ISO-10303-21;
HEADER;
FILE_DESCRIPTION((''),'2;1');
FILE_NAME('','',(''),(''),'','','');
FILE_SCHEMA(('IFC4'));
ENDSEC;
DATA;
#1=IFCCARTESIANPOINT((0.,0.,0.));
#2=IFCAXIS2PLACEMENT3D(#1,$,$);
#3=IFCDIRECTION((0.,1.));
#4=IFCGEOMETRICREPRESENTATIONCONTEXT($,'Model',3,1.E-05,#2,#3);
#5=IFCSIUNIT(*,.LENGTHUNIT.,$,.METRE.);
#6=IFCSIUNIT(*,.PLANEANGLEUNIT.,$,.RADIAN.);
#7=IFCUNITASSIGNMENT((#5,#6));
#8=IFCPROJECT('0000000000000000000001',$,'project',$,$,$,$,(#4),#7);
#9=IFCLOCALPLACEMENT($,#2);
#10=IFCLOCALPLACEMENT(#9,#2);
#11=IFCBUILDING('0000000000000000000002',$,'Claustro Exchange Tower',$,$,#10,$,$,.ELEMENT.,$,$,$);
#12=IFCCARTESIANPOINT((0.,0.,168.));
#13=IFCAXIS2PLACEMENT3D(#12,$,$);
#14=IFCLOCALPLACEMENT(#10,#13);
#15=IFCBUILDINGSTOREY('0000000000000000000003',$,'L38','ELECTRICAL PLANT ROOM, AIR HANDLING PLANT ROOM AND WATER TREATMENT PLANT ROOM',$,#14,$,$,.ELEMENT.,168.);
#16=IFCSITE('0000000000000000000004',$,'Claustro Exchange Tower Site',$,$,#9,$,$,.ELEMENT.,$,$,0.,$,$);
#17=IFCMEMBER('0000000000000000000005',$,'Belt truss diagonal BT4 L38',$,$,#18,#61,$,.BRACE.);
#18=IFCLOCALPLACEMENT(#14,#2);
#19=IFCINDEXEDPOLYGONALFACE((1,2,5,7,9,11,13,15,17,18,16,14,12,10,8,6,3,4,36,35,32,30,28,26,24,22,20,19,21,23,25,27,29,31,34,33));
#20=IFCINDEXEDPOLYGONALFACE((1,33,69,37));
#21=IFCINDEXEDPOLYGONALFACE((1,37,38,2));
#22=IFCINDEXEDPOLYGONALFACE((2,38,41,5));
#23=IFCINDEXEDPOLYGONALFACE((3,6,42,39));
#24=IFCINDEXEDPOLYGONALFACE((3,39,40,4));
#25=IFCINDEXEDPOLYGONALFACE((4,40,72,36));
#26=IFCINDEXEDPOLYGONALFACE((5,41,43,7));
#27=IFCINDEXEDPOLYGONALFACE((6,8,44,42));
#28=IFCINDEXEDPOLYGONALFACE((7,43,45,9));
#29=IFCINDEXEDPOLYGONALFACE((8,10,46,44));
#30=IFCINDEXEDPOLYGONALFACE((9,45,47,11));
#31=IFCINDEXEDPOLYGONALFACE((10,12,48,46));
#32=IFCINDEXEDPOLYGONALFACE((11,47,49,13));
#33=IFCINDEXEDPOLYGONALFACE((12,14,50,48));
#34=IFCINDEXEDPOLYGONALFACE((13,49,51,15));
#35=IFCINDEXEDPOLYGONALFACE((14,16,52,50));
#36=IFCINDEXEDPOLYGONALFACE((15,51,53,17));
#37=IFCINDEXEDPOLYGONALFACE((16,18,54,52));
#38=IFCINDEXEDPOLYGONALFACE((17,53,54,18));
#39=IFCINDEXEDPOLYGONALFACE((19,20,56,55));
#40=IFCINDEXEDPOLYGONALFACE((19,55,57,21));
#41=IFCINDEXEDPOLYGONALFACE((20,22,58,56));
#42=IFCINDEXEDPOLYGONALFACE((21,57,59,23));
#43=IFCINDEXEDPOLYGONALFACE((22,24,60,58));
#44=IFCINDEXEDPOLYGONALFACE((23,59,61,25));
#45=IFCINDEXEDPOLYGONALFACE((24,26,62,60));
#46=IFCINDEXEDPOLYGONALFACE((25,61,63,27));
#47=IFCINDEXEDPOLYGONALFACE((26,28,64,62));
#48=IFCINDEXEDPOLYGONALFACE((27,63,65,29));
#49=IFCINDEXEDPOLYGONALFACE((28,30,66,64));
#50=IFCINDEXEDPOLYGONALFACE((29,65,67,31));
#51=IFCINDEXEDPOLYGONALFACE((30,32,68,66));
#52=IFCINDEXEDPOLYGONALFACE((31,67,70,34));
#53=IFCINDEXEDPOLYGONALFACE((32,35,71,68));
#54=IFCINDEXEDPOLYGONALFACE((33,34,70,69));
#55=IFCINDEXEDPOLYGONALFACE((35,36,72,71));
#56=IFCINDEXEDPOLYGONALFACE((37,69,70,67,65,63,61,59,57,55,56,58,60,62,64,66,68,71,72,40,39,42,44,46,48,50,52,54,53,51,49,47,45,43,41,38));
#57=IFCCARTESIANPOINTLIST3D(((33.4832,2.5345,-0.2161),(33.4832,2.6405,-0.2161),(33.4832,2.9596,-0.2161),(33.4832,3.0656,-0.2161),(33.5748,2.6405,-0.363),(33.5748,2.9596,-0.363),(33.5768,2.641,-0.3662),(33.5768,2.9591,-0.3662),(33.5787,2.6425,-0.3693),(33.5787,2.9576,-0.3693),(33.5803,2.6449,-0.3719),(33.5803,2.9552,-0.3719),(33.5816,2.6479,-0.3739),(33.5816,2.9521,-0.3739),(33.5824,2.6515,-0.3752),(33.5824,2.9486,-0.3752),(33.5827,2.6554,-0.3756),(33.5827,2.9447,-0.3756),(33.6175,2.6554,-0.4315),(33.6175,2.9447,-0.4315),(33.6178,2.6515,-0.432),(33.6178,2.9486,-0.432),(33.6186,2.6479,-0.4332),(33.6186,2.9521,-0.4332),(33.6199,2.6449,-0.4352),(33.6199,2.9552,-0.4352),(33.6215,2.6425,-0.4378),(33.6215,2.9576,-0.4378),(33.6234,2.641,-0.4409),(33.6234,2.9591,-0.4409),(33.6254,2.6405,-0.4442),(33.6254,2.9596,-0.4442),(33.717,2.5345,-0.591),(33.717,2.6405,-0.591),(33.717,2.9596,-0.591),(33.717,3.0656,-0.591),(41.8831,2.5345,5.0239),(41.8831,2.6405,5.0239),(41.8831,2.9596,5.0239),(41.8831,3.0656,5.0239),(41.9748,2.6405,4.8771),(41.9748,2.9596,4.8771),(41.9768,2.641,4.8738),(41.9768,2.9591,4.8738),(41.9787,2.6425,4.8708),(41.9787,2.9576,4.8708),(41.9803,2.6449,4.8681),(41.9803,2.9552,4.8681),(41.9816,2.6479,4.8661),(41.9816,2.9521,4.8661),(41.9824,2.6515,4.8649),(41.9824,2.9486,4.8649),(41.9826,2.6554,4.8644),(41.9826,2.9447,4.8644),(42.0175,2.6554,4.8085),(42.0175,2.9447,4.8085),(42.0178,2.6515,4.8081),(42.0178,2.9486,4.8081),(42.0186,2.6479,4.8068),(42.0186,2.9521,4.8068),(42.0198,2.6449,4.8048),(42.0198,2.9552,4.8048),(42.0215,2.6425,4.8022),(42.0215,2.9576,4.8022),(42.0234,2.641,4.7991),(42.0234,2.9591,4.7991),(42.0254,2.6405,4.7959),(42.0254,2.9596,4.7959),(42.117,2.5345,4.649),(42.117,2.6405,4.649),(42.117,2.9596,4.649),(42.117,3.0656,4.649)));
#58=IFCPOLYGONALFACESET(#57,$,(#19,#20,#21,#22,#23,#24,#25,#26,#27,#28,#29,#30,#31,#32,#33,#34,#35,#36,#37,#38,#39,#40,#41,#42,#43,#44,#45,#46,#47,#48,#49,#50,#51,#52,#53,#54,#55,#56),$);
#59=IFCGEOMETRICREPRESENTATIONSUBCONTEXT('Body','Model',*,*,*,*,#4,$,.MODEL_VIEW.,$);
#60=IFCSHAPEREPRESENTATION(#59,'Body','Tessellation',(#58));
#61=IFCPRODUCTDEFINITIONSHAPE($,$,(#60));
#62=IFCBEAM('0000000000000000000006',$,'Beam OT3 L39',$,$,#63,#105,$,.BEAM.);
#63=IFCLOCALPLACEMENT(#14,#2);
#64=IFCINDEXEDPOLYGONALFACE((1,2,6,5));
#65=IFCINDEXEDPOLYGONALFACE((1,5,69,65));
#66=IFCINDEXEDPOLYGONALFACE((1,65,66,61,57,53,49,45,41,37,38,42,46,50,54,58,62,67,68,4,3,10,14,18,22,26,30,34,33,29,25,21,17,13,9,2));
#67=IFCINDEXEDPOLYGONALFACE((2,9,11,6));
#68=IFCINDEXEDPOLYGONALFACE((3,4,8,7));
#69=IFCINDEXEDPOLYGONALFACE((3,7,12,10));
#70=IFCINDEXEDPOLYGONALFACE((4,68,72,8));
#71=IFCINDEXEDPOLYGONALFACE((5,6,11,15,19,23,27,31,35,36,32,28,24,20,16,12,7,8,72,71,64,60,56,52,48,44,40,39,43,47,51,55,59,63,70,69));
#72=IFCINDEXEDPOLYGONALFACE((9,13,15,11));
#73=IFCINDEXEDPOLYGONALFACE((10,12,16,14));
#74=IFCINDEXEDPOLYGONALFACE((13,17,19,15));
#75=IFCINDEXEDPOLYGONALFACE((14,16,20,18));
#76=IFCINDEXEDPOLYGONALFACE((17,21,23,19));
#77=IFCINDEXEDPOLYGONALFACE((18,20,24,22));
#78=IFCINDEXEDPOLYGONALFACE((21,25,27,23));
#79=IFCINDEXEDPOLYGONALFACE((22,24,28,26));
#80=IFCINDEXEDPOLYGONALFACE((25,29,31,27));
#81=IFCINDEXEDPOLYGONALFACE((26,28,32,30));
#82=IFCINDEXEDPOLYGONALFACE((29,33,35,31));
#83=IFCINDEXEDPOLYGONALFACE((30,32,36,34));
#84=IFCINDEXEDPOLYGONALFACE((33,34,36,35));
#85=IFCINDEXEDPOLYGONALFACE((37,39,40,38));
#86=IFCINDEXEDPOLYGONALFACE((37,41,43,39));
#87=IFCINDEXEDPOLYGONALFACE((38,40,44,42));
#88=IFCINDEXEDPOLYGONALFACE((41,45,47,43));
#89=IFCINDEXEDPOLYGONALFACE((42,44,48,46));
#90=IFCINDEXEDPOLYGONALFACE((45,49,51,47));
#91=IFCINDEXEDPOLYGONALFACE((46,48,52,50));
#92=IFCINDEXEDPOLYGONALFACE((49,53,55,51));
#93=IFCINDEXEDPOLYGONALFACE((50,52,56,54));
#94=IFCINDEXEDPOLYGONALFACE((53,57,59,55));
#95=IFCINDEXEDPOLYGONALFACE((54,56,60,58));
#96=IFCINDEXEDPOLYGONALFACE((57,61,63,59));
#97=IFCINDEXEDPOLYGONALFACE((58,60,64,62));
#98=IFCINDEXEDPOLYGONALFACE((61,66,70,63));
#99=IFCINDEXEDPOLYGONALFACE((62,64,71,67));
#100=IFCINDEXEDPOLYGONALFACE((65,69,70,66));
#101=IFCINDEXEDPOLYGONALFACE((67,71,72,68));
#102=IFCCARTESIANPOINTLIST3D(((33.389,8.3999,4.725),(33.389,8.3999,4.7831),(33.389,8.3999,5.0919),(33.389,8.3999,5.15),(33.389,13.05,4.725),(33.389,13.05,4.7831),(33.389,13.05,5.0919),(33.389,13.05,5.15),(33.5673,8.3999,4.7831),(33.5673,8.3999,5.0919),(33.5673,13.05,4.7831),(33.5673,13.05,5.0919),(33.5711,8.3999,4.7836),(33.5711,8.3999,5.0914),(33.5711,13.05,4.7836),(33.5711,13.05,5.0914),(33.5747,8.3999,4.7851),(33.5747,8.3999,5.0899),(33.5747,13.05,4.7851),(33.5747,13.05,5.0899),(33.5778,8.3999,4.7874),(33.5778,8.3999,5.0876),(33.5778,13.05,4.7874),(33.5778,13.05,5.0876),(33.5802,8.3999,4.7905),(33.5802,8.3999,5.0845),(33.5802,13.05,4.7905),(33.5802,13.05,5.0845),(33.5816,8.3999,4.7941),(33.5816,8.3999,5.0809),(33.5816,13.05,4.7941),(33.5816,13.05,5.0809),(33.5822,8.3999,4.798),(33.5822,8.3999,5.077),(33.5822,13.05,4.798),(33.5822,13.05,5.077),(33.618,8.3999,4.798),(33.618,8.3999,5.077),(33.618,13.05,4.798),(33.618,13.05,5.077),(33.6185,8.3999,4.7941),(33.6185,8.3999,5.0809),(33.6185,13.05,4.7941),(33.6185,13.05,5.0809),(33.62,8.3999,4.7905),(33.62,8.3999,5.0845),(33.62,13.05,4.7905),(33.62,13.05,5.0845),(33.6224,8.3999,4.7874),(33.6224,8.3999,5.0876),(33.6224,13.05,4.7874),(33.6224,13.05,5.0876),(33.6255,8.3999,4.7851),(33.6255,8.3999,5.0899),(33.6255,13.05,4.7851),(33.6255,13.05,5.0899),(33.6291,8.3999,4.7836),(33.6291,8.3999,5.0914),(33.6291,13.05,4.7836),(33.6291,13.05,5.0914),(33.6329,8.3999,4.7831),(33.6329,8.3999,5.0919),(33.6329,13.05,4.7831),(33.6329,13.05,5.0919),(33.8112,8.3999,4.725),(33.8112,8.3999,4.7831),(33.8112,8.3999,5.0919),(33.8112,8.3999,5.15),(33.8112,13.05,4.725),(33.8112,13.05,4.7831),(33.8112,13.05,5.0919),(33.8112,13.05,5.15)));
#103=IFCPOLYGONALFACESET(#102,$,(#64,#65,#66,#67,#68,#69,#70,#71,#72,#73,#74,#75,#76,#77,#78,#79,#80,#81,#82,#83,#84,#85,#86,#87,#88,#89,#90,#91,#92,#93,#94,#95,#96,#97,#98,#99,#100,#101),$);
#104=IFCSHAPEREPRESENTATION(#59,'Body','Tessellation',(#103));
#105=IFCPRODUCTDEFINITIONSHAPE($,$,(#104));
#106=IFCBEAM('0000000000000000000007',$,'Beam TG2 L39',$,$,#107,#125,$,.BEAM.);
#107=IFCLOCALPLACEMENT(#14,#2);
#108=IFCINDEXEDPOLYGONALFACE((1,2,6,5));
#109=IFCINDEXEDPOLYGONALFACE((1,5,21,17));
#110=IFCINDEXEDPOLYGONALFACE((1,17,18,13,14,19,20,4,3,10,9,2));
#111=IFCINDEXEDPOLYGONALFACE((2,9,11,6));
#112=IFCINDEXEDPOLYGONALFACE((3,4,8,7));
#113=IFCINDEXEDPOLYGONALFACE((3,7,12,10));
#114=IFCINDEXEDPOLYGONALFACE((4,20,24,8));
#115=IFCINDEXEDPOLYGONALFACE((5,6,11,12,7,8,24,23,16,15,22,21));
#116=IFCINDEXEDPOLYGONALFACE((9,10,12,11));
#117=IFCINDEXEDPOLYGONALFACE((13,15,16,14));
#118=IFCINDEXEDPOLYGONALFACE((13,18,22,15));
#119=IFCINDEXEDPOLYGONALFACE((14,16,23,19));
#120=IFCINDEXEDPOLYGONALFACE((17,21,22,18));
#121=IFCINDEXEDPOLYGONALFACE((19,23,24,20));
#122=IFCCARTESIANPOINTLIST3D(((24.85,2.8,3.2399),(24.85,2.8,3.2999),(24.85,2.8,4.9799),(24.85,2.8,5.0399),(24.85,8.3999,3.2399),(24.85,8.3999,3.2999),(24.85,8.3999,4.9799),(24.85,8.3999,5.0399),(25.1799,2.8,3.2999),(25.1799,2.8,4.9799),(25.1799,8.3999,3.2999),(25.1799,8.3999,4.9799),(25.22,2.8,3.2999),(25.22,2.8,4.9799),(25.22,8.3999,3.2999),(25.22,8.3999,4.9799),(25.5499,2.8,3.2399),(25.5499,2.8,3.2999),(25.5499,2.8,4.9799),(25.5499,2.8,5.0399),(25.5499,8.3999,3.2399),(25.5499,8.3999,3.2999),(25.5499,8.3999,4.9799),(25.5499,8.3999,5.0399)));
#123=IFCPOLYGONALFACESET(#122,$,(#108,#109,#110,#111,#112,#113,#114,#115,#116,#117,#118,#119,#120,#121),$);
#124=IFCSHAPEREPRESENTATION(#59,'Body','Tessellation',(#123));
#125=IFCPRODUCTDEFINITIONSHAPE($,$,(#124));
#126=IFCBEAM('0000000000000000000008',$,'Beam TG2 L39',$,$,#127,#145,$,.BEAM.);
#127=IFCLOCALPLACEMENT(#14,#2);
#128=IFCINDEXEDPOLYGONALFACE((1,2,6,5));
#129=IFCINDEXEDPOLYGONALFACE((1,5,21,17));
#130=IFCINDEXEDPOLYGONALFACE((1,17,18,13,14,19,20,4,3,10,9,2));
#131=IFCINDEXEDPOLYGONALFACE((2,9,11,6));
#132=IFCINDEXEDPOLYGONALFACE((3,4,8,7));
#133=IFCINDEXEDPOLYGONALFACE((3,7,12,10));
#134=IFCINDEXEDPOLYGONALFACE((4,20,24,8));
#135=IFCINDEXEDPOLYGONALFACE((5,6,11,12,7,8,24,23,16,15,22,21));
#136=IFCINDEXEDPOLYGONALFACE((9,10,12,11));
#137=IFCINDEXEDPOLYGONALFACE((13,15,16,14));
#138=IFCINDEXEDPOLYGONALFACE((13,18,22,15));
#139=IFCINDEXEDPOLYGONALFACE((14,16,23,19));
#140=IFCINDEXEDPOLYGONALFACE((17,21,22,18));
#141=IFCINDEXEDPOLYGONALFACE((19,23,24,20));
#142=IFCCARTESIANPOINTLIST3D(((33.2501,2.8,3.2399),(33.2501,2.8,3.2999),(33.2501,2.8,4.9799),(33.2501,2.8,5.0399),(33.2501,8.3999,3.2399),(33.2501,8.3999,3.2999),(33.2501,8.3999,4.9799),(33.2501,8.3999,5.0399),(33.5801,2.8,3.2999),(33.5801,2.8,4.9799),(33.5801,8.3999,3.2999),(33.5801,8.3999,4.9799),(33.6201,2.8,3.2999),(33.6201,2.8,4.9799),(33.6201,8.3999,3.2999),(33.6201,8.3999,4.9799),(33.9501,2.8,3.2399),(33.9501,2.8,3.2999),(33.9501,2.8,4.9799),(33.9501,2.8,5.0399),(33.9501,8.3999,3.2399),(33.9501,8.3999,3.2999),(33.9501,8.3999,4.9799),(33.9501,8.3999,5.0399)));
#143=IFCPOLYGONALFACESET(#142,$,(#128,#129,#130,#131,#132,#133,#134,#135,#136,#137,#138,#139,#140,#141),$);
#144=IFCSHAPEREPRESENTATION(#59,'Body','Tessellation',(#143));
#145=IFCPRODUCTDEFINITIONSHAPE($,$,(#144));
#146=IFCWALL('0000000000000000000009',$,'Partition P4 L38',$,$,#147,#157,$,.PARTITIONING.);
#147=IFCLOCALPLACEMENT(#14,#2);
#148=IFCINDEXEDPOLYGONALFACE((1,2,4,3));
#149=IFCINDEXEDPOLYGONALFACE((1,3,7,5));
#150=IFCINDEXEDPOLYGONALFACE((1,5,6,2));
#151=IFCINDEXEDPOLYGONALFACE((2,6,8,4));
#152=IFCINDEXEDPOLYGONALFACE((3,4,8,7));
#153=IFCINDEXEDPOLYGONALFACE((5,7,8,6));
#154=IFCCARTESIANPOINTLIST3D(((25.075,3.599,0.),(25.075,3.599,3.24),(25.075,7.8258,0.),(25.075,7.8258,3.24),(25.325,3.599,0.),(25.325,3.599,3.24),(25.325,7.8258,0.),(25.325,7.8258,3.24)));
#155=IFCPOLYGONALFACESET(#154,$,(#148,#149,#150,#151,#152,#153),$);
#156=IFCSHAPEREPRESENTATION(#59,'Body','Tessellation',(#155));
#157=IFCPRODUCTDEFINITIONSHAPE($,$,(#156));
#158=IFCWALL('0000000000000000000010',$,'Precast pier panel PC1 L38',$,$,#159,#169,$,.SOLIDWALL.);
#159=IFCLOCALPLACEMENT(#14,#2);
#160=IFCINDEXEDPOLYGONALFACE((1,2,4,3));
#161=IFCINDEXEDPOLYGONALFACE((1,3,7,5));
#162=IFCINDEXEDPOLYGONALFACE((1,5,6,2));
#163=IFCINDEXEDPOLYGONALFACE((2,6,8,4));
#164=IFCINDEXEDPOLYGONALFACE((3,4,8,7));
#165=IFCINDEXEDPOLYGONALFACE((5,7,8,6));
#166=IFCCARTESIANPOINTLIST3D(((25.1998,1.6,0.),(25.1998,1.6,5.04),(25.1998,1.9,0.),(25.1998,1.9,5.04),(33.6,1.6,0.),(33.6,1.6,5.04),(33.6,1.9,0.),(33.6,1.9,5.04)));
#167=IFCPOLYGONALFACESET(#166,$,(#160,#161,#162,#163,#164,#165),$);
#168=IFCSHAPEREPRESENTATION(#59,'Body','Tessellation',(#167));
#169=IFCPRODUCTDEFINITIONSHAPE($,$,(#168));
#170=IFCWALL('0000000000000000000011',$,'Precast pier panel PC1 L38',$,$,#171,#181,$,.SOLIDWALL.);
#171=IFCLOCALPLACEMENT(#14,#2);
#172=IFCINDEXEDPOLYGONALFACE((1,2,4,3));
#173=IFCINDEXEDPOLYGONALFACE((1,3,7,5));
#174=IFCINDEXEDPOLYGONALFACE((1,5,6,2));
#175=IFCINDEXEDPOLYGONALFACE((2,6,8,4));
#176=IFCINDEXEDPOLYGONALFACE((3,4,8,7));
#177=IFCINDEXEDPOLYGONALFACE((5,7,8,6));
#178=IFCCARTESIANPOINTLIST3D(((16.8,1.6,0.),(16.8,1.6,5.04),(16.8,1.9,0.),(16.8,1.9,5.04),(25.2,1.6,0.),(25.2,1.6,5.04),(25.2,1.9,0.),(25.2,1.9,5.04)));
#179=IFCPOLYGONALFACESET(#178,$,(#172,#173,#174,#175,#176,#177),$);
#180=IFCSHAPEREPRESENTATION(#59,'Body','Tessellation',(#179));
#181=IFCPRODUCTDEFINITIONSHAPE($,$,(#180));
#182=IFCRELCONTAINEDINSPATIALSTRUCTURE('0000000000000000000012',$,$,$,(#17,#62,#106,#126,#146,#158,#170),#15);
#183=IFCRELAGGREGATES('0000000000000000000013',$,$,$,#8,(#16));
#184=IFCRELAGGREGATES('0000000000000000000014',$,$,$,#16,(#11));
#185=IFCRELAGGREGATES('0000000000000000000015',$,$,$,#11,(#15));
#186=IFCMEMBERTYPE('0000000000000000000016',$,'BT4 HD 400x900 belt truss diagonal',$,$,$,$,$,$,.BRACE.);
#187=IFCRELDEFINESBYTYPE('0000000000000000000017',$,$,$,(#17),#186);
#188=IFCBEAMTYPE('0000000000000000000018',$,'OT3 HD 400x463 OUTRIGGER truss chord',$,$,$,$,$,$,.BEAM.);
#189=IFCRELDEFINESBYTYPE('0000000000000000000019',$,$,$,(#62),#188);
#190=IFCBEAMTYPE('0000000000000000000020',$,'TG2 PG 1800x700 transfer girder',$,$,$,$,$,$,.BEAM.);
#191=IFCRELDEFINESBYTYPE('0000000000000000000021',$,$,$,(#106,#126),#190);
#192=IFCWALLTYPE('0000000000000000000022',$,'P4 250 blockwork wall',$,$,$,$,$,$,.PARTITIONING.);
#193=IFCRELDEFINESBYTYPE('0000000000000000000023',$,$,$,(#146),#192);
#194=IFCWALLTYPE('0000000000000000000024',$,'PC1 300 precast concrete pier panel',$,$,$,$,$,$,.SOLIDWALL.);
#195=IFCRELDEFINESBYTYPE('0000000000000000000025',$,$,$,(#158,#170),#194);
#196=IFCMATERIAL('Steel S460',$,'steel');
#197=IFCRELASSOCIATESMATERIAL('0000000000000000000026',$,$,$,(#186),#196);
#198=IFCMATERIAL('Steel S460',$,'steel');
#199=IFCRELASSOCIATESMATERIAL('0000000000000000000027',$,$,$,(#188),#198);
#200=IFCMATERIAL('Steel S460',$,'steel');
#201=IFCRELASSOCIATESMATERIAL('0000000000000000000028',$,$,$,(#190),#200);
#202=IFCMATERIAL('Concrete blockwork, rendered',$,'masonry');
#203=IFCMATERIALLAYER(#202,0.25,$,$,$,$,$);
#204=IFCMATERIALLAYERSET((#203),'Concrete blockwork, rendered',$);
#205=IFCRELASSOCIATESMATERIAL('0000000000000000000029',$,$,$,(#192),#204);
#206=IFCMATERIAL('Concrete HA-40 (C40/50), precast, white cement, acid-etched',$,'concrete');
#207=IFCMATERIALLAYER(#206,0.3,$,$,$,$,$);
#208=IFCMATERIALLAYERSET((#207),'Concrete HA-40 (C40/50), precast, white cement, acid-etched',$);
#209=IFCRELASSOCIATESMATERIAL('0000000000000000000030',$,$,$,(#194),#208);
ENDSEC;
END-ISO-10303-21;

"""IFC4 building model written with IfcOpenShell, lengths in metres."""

from ifc_helpers import new_model, si_unit, direction, frame, frame_2d, origin, origin_2d, place, context, subcontext, project, spatial, rectangle, i_section, extrude, material, layer, layer_set, material_profile, profile_set, type_object, element, save


model = new_model("IFC4")

# Units and contexts
model_context = context("Model", 3, precision=1e-05, world=origin(), true_north=direction((0.0, 1.0)))
body_context = subcontext(model_context, "Body", "Model", "MODEL_VIEW")
ifc_project = project(units=[si_unit("LENGTHUNIT", "METRE"), si_unit("PLANEANGLEUNIT", "RADIAN")], contexts=[model_context])

# Site, building, storey
site_placement = place(None, origin())
site = spatial("IfcSite", under=ifc_project, at=site_placement, Name="Claustro Exchange Tower Site", CompositionType="ELEMENT", RefElevation=0.0)
building_placement = place(site_placement, origin())
building = spatial("IfcBuilding", under=site, at=building_placement, Name="Claustro Exchange Tower", CompositionType="ELEMENT")
storey_placement = place(building_placement, frame((0.0, 0.0, 168.0)))
storey = spatial("IfcBuildingStorey", under=building, at=storey_placement, Name="L38", Description="ELECTRICAL PLANT ROOM, AIR HANDLING PLANT ROOM AND WATER TREATMENT PLANT ROOM", CompositionType="ELEMENT", Elevation=168.0)

# Member
ifc_material_1 = material(Name="Steel S460", Category="steel")
ifc_material_profile_1 = material_profile(ifc_material_1, i_section(OverallWidth=0.4419, OverallDepth=0.531, WebThickness=0.0659, FlangeThickness=0.106, FilletRadius=0.0149, at=origin_2d()), Name="HD 400x900")
ifc_profile_set_1 = profile_set([ifc_material_profile_1], Name="Steel S460")
member_type = type_object("IfcMemberType", Name="BT4 HD 400x900 belt truss diagonal", PredefinedType="BRACE", material=ifc_profile_set_1)
for number, where, z_axis, x_axis, name in (
    (1, (33.6001, 2.8, -0.4036), (0.84845, 0.0, 0.529276), (-0.529276, 0.0, 0.84845), "Belt truss diagonal BT4 L38"),
):
    element("IfcMember", number, at=place(storey_placement, frame(where, z_axis=z_axis, x_axis=x_axis)), inside=storey, type_object=member_type, Name=name, PredefinedType="BRACE", context=body_context, shape_type="SweptSolid", body=[
        extrude(i_section(OverallWidth=0.4419, OverallDepth=0.531, WebThickness=0.0659, FlangeThickness=0.106, FilletRadius=0.0149, at=origin_2d()), origin(), (0.0, 0.0, 1.0), 9.9004),
    ])

# Beams
ifc_material_2 = material(Name="Steel S460", Category="steel")
ifc_material_profile_2 = material_profile(ifc_material_2, i_section(OverallWidth=0.4221, OverallDepth=0.425, WebThickness=0.0359, FlangeThickness=0.0581, FilletRadius=0.0149, at=origin_2d()), Name="HD 400x463")
ifc_profile_set_2 = profile_set([ifc_material_profile_2], Name="Steel S460")
beam_type_1 = type_object("IfcBeamType", Name="OT3 HD 400x463 OUTRIGGER truss chord", PredefinedType="BEAM", material=ifc_profile_set_2)
beam_1_placement = place(storey_placement, frame((33.6001, 8.3999, 4.9375), z_axis=(0.0, 1.0, 0.0), x_axis=(-1.0, 0.0, 0.0)))
element("IfcBeam", 2, at=beam_1_placement, inside=storey, type_object=beam_type_1, Name="Beam OT3 L39", PredefinedType="BEAM", context=body_context, shape_type="SweptSolid", body=[
    extrude(i_section(OverallWidth=0.4221, OverallDepth=0.425, WebThickness=0.0359, FlangeThickness=0.0581, FilletRadius=0.0149, at=origin_2d()), origin(), (0.0, 0.0, 1.0), 4.6501),
])
ifc_material_3 = material(Name="Steel S460", Category="steel")
ifc_material_profile_3 = material_profile(ifc_material_3, i_section(OverallWidth=0.7, OverallDepth=1.8, WebThickness=0.04, FlangeThickness=0.0601, at=origin_2d()), Name="PG 1800x700")
ifc_profile_set_3 = profile_set([ifc_material_profile_3], Name="Steel S460")
beam_type_2 = type_object("IfcBeamType", Name="TG2 PG 1800x700 transfer girder", PredefinedType="BEAM", material=ifc_profile_set_3)
for number, where, z_axis, x_axis, name in (
    (3, (25.2, 2.8, 4.1399), (0.0, 1.0, 0.0), (-1.0, 0.0, 0.0), "Beam TG2 L39"),
    (4, (33.6001, 2.8, 4.1399), (0.0, 1.0, 0.0), (-1.0, 0.0, 0.0), "Beam TG2 L39"),
):
    element("IfcBeam", number, at=place(storey_placement, frame(where, z_axis=z_axis, x_axis=x_axis)), inside=storey, type_object=beam_type_2, Name=name, PredefinedType="BEAM", context=body_context, shape_type="SweptSolid", body=[
        extrude(i_section(OverallWidth=0.7, OverallDepth=1.8, WebThickness=0.04, FlangeThickness=0.0601, at=origin_2d()), origin(), (0.0, 0.0, 1.0), 5.5999),
    ])

# Walls
ifc_material_4 = material(Name="Concrete blockwork, rendered", Category="masonry")
ifc_layer_1 = layer(ifc_material_4, 0.25)
ifc_layer_set_1 = layer_set([ifc_layer_1], Name="Concrete blockwork, rendered")
wall_type_1 = type_object("IfcWallType", Name="P4 250 blockwork wall", PredefinedType="PARTITIONING", material=ifc_layer_set_1)
wall_1_placement = place(storey_placement, frame((25.2, 3.5991, 0.0), z_axis=(0.0, 0.0, 1.0), x_axis=(0.0, 1.0, 0.0)))
element("IfcWall", 5, at=wall_1_placement, inside=storey, type_object=wall_type_1, Name="Partition P4 L38", PredefinedType="PARTITIONING", context=body_context, shape_type="SweptSolid", body=[
    extrude(rectangle(XDim=4.2268, YDim=0.25, at=frame_2d((2.1133, 0.0))), origin(), (0.0, 0.0, 1.0), 3.24),
])
ifc_material_5 = material(Name="Concrete HA-40 (C40/50), precast, white cement, acid-etched", Category="concrete")
ifc_layer_2 = layer(ifc_material_5, 0.3)
ifc_layer_set_2 = layer_set([ifc_layer_2], Name="Concrete HA-40 (C40/50), precast, white cement, acid-etched")
wall_type_2 = type_object("IfcWallType", Name="PC1 300 precast concrete pier panel", PredefinedType="SOLIDWALL", material=ifc_layer_set_2)
wall_2_placement = place(storey_placement, frame((33.6001, 1.75, 0.0), z_axis=(0.0, 0.0, 1.0), x_axis=(-1.0, 0.0, 0.0)))
element("IfcWall", 6, at=wall_2_placement, inside=storey, type_object=wall_type_2, Name="Precast pier panel PC1 L38", PredefinedType="SOLIDWALL", context=body_context, shape_type="SweptSolid", body=[
    extrude(rectangle(XDim=8.4001, YDim=0.3, at=frame_2d((4.2002, 0.0))), origin(), (0.0, 0.0, 1.0), 5.04),
])
wall_3_placement = place(storey_placement, frame((25.2, 1.75, 0.0), z_axis=(0.0, 0.0, 1.0), x_axis=(-1.0, 0.0, 0.0)))
element("IfcWall", 7, at=wall_3_placement, inside=storey, type_object=wall_type_2, Name="Precast pier panel PC1 L38", PredefinedType="SOLIDWALL", context=body_context, shape_type="SweptSolid", body=[
    extrude(rectangle(XDim=8.3999, YDim=0.3, at=frame_2d((4.2, 0.0))), origin(), (0.0, 0.0, 1.0), 5.04),
])

save(model, "model.ifc")
